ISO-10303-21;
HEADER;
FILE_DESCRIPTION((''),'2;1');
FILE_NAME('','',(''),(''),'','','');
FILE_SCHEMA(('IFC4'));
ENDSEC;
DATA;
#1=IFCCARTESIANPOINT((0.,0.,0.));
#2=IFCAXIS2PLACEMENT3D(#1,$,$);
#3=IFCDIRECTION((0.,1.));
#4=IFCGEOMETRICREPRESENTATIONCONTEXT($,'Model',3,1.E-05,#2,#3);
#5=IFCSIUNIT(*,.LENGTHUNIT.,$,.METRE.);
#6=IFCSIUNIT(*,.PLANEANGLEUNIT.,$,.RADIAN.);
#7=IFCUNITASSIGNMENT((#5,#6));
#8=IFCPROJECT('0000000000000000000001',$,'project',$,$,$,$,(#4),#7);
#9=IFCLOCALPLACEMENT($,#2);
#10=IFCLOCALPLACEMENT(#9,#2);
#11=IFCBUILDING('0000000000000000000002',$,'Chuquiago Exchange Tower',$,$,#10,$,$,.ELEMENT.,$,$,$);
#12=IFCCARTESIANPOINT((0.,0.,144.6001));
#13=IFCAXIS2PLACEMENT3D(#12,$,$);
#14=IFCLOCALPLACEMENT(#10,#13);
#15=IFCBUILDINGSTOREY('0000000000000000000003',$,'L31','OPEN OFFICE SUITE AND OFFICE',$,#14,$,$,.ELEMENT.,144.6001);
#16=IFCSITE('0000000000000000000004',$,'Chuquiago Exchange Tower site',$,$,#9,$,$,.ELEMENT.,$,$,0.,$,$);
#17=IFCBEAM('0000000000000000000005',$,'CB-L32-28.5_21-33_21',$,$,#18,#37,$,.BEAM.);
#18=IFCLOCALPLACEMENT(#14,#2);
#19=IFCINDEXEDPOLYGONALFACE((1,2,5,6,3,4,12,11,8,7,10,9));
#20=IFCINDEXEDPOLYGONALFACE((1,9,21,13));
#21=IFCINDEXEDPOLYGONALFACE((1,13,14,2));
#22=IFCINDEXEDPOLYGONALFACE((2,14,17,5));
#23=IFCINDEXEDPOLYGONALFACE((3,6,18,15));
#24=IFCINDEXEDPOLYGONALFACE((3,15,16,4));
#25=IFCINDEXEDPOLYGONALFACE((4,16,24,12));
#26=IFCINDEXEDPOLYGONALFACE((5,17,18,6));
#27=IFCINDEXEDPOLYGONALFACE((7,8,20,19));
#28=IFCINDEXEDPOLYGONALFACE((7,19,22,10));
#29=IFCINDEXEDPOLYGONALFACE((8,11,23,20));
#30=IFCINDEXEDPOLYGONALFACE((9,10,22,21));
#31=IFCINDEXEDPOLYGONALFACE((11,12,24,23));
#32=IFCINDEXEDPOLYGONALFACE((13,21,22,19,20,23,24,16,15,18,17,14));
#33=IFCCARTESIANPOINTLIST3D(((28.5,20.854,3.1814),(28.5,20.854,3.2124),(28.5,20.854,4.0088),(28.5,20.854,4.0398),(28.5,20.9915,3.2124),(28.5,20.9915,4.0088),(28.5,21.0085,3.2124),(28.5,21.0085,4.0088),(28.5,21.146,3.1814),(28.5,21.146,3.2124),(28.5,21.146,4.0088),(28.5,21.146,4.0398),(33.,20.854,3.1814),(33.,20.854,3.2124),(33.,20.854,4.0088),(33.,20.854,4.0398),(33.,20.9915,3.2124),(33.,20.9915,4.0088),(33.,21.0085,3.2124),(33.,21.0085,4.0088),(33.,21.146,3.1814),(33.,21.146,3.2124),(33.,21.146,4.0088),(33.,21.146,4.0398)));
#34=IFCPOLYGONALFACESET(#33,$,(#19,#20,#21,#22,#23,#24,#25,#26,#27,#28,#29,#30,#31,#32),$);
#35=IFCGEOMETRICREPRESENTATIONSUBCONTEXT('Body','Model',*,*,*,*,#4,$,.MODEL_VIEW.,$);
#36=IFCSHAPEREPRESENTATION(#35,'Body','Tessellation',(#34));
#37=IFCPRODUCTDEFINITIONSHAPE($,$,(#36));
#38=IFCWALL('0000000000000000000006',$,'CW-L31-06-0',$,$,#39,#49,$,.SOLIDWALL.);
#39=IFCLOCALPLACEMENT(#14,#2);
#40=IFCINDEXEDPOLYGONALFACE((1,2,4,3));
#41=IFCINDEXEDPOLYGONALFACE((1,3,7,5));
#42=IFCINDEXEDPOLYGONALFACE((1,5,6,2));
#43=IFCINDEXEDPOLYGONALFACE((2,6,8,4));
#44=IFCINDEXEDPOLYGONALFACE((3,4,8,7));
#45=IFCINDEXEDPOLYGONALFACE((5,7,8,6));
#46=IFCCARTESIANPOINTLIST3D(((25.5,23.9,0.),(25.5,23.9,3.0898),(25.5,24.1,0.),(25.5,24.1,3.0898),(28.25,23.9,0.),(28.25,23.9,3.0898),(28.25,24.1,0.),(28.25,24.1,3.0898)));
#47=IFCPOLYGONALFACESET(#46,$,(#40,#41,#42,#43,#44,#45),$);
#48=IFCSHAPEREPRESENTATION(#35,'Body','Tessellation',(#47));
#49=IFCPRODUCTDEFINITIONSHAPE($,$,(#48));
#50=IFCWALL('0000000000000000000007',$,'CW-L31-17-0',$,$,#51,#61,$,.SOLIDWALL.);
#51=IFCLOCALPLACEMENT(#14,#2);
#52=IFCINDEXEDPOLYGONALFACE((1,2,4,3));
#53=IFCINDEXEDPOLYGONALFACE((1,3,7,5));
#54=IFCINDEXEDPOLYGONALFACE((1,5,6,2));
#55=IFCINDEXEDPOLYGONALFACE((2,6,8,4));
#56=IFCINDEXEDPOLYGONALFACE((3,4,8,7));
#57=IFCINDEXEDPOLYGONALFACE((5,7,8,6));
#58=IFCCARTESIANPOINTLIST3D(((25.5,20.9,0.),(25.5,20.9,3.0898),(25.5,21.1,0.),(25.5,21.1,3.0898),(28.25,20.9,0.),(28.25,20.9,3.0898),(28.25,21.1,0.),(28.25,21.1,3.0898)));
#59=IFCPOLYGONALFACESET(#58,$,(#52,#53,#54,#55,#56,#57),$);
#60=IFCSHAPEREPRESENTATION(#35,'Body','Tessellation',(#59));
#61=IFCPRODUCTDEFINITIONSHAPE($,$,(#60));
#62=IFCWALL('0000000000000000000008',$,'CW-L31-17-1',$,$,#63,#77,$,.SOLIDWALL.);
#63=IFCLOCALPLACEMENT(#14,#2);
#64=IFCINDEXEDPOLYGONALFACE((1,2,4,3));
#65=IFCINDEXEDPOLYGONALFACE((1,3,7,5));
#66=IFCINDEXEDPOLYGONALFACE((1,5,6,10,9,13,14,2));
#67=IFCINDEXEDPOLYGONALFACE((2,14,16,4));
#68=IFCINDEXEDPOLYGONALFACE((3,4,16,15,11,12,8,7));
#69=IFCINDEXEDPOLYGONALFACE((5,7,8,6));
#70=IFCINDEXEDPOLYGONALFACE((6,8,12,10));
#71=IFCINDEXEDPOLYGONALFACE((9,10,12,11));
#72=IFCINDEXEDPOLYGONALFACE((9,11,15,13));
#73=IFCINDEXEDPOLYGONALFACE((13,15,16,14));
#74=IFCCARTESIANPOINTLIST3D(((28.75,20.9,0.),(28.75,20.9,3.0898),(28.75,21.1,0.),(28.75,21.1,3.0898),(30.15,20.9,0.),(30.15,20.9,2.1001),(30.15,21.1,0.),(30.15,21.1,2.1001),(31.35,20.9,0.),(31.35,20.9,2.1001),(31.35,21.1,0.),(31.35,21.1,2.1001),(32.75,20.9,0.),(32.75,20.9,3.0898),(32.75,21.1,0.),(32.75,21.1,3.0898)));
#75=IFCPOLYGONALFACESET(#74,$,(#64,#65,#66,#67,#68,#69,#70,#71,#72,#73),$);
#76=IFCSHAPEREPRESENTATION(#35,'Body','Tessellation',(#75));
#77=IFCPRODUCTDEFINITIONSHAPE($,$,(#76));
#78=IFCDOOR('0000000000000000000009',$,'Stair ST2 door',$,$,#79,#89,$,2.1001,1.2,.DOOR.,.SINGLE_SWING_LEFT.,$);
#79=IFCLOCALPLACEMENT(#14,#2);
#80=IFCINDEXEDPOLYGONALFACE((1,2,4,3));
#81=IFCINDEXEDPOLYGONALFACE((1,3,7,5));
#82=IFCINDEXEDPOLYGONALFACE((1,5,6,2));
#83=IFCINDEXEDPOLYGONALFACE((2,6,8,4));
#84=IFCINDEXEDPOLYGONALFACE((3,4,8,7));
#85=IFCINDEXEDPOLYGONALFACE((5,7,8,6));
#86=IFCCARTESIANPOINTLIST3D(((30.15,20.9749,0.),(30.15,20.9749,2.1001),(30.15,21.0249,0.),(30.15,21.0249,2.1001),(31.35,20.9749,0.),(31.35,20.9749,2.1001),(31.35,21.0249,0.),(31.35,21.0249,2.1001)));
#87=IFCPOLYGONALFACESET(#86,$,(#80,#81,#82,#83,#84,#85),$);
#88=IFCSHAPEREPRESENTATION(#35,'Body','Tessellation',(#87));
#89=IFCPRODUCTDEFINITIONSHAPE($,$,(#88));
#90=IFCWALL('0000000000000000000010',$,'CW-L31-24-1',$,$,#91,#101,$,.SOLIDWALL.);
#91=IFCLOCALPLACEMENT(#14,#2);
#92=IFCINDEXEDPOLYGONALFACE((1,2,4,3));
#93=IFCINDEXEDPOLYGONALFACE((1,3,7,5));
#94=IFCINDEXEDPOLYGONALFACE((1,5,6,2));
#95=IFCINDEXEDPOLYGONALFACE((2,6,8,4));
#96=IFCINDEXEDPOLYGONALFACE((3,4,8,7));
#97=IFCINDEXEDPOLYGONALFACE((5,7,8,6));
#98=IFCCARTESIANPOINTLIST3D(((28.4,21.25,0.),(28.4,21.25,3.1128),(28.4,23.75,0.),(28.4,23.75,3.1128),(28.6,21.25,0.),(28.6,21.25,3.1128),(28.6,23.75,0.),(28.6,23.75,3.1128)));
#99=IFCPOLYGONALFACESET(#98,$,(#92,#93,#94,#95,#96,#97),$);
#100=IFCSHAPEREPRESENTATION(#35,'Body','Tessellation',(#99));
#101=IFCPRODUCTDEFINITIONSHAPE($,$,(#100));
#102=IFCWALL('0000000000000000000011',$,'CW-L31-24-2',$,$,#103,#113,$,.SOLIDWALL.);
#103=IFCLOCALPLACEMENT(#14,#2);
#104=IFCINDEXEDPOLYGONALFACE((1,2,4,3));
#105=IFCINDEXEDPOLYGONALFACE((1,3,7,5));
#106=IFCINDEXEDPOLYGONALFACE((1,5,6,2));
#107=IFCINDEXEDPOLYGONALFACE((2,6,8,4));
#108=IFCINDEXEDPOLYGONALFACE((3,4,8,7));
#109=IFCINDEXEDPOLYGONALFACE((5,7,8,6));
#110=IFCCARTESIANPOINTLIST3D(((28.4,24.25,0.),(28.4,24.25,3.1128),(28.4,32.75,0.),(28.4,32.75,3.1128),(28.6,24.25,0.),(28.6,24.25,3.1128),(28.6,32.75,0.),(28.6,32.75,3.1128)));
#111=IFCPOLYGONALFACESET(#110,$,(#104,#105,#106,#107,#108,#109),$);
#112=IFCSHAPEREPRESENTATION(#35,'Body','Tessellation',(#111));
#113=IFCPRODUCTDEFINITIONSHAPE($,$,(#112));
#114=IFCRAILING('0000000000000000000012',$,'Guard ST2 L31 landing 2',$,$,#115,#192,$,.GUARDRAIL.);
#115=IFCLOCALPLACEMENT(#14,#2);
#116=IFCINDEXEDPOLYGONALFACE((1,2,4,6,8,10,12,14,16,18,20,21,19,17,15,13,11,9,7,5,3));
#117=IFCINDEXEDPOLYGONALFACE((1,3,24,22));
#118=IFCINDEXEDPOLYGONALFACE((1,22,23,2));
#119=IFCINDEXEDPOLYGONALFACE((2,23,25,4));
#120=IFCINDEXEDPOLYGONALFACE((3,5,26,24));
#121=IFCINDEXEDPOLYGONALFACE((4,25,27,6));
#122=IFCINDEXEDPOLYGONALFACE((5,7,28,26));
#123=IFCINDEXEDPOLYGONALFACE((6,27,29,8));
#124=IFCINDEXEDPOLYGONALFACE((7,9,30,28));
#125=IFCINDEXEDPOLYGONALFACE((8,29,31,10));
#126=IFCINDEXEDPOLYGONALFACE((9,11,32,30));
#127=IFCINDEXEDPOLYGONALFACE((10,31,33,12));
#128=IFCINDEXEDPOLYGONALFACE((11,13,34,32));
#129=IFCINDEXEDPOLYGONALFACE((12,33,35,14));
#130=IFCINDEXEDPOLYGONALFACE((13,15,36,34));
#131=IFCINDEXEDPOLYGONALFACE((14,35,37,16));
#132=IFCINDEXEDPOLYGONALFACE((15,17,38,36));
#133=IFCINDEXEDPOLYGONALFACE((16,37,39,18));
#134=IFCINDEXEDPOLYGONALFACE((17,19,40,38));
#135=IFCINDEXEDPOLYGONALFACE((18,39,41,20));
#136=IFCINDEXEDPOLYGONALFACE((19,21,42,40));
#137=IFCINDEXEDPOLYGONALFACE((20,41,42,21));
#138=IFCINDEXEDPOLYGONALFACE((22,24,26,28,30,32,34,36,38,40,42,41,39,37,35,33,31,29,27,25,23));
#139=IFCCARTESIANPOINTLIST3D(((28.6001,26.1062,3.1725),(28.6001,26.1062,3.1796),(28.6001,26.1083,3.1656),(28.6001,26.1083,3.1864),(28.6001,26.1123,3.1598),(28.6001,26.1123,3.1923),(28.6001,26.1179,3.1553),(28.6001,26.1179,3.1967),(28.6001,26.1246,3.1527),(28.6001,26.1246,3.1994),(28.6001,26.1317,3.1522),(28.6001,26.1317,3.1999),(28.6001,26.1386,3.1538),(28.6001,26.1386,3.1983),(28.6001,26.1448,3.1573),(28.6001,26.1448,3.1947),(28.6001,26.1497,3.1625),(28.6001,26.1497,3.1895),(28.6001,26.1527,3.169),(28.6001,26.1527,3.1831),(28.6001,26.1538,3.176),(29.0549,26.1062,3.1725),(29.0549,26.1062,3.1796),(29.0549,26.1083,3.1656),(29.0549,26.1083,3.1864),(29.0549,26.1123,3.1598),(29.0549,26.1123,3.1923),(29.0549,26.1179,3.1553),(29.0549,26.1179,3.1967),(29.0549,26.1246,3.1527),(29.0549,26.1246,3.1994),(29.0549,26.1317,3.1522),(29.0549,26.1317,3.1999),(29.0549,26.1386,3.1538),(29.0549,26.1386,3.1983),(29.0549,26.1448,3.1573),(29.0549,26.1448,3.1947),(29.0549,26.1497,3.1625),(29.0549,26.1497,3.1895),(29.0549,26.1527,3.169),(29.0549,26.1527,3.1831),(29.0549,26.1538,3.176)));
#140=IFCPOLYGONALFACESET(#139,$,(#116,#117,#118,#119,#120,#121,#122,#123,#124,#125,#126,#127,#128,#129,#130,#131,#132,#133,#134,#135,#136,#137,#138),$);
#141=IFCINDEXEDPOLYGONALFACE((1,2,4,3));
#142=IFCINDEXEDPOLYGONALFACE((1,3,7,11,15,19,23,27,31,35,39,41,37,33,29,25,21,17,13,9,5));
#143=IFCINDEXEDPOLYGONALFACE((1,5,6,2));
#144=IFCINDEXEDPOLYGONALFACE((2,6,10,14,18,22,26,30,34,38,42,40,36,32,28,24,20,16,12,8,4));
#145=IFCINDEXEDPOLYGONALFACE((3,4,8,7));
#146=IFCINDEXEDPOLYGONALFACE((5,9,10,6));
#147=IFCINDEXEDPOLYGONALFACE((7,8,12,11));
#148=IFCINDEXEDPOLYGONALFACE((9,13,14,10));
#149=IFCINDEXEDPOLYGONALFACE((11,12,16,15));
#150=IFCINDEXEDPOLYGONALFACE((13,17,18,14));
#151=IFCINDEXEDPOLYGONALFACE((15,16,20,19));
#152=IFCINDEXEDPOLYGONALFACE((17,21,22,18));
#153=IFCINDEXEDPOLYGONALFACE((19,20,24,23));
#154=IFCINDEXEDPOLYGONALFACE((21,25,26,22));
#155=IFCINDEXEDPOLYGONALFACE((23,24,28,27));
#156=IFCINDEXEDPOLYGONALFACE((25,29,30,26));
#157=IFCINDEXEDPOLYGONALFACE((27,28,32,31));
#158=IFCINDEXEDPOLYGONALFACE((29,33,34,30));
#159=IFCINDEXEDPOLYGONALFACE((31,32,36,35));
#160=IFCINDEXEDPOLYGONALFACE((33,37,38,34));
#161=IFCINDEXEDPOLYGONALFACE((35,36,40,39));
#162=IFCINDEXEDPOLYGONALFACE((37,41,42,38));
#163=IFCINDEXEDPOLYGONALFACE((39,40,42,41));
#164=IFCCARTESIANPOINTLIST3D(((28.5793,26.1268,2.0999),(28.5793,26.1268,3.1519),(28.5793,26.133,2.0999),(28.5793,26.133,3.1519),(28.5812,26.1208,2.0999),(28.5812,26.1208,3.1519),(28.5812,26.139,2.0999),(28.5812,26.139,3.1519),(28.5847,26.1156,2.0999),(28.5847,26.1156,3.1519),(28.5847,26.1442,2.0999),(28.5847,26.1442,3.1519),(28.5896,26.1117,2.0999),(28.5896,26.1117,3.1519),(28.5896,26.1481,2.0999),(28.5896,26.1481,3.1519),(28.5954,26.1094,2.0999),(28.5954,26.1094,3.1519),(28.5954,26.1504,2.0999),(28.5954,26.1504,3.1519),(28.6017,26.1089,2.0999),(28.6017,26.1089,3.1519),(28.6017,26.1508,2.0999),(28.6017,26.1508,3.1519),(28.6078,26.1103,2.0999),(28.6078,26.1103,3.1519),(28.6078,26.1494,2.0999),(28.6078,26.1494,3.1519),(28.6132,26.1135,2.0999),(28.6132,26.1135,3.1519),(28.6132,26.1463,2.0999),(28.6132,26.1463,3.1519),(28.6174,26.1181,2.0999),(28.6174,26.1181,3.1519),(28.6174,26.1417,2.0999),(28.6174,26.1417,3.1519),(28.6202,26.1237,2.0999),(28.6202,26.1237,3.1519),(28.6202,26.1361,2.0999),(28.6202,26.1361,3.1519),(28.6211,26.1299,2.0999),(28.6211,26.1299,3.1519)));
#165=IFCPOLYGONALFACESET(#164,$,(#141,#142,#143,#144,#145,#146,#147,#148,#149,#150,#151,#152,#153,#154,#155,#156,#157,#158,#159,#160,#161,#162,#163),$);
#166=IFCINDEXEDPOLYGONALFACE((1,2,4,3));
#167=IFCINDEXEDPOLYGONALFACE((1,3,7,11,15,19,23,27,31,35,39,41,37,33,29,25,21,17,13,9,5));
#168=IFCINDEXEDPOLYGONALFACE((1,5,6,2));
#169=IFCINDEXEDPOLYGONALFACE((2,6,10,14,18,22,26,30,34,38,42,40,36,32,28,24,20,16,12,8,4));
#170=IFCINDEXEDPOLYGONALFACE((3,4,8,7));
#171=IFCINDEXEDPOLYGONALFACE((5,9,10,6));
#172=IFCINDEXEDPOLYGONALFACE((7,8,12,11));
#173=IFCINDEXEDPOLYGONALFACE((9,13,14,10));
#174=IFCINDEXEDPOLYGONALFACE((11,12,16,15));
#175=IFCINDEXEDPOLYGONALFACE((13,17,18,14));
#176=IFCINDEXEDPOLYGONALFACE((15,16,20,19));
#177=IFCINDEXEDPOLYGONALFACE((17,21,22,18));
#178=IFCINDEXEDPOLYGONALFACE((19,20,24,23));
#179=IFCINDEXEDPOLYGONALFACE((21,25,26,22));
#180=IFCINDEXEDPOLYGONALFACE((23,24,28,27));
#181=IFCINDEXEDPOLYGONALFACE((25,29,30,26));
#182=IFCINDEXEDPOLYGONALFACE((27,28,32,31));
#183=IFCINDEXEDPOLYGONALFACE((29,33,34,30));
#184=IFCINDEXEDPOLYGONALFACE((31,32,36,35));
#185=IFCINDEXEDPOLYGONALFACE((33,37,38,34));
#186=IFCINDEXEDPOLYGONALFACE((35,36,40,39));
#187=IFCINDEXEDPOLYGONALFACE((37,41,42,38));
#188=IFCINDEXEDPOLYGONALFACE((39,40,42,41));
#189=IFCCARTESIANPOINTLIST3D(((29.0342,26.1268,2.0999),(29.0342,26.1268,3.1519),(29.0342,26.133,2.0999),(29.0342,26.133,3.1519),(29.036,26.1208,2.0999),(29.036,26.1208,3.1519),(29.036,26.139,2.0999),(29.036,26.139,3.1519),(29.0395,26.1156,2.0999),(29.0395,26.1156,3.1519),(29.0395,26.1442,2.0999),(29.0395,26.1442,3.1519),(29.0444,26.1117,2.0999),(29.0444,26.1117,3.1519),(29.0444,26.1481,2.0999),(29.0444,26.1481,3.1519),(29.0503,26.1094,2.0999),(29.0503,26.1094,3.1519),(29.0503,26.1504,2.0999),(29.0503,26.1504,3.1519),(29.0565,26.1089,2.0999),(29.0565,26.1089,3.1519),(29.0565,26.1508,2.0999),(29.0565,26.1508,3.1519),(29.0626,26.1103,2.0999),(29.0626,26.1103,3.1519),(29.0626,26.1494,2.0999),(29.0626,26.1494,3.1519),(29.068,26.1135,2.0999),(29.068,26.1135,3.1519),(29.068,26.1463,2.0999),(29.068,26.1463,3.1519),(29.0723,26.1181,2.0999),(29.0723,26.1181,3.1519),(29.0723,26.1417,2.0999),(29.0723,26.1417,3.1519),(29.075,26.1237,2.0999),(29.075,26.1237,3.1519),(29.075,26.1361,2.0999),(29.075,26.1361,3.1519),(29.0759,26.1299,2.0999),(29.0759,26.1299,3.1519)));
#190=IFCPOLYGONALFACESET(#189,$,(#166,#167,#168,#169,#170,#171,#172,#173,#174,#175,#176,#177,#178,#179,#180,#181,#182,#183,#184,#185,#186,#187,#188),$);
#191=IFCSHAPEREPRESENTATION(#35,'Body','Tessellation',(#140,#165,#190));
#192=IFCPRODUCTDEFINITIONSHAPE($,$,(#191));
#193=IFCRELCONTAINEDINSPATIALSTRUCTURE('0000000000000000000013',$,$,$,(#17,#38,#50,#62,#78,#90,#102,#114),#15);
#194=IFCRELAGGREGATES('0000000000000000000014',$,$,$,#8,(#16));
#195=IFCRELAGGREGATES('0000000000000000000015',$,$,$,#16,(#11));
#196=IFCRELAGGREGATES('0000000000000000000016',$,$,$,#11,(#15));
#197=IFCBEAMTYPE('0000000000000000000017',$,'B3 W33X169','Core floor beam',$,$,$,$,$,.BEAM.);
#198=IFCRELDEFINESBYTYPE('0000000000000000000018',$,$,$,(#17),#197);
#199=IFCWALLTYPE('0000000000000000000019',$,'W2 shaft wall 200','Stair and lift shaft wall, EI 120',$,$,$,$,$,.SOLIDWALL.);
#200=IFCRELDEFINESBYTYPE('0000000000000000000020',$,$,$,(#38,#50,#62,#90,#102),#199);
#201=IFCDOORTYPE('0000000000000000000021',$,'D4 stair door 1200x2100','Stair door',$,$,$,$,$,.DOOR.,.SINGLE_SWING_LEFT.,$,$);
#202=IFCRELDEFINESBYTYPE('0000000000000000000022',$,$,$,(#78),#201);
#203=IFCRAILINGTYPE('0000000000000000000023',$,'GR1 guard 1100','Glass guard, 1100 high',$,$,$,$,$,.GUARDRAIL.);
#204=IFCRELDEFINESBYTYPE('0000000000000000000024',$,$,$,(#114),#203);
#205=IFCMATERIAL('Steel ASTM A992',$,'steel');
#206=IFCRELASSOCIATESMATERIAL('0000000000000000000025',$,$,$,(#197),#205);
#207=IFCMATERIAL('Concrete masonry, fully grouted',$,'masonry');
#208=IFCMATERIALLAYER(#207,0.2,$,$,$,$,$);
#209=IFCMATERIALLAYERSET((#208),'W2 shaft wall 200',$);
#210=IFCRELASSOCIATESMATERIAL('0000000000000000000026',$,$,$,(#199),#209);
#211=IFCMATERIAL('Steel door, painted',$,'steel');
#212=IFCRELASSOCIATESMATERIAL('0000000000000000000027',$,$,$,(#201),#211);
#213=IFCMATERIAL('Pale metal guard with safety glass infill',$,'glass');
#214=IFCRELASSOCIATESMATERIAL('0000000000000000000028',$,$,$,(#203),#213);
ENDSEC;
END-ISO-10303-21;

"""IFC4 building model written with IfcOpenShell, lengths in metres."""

from ifc_helpers import new_model, si_unit, direction, frame, frame_2d, origin, origin_2d, place, context, subcontext, project, spatial, rectangle, circle, i_section, extrude, material, layer, layer_set, material_profile, profile_set, type_object, element, fill, save


model = new_model("IFC4")

# Units and contexts
model_context = context("Model", 3, precision=1e-05, world=origin(), true_north=direction((0.0, 1.0)))
body_context = subcontext(model_context, "Body", "Model", "MODEL_VIEW")
ifc_project = project(units=[si_unit("LENGTHUNIT", "METRE"), si_unit("PLANEANGLEUNIT", "RADIAN")], contexts=[model_context])

# Site, building, storey
site_placement = place(None, origin())
site = spatial("IfcSite", under=ifc_project, at=site_placement, Name="Chuquiago Exchange Tower site", CompositionType="ELEMENT", RefElevation=0.0)
building_placement = place(site_placement, origin())
building = spatial("IfcBuilding", under=site, at=building_placement, Name="Chuquiago Exchange Tower", CompositionType="ELEMENT")
storey_placement = place(building_placement, frame((0.0, 0.0, 144.6001)))
storey = spatial("IfcBuildingStorey", under=building, at=storey_placement, Name="L31", Description="OPEN OFFICE SUITE AND OFFICE", CompositionType="ELEMENT", Elevation=144.6001)

# Beam
ifc_material_1 = material(Name="Steel ASTM A992", Category="steel")
ifc_material_profile_1 = material_profile(ifc_material_1, i_section(OverallWidth=0.292, OverallDepth=0.8584, WebThickness=0.0171, FlangeThickness=0.031, at=origin_2d()), Name="W33X169")
ifc_profile_set_1 = profile_set([ifc_material_profile_1], Name="Steel ASTM A992")
beam_type_1 = type_object("IfcBeamType", Name="B3 W33X169", Description="Core floor beam", PredefinedType="BEAM", material=ifc_profile_set_1)
beam_1_placement = place(storey_placement, frame((28.5, 21.0, 3.6106), z_axis=(1.0, 0.0, 0.0), x_axis=(0.0, 1.0, 0.0)))
element("IfcBeam", 1, at=beam_1_placement, inside=storey, type_object=beam_type_1, Name="CB-L32-28.5_21-33_21", PredefinedType="BEAM", context=body_context, shape_type="SweptSolid", body=[
    extrude(i_section(OverallWidth=0.292, OverallDepth=0.8584, WebThickness=0.0171, FlangeThickness=0.031, at=origin_2d()), origin(), (0.0, 0.0, 1.0), 4.5),
])

# Walls
ifc_material_2 = material(Name="Concrete masonry, fully grouted", Category="masonry")
ifc_layer = layer(ifc_material_2, 0.2)
ifc_layer_set = layer_set([ifc_layer], Name="W2 shaft wall 200")
wall_type = type_object("IfcWallType", Name="W2 shaft wall 200", Description="Stair and lift shaft wall, EI 120", PredefinedType="SOLIDWALL", material=ifc_layer_set)
for number, where, z_axis, x_axis, name in (
    (2, (25.5, 24.0, 0.0), (0.0, 0.0, 1.0), (1.0, 0.0, 0.0), "CW-L31-06-0"),
    (3, (25.5, 21.0, 0.0), (0.0, 0.0, 1.0), (1.0, 0.0, 0.0), "CW-L31-17-0"),
):
    element("IfcWall", number, at=place(storey_placement, frame(where, z_axis=z_axis, x_axis=x_axis)), inside=storey, type_object=wall_type, Name=name, PredefinedType="SOLIDWALL", context=body_context, shape_type="SweptSolid", body=[
        extrude(rectangle(XDim=2.75, YDim=0.2, at=frame_2d((1.375, 0.0))), origin(), (0.0, 0.0, 1.0), 3.0898),
    ])

# Wall, opening, door
wall_1_placement = place(storey_placement, frame((28.75, 21.0, 0.0), z_axis=(0.0, 0.0, 1.0), x_axis=(1.0, 0.0, 0.0)))
wall_1 = element("IfcWall", 4, at=wall_1_placement, inside=storey, type_object=wall_type, Name="CW-L31-17-1", PredefinedType="SOLIDWALL", context=body_context, shape_type="SweptSolid", body=[
    extrude(rectangle(XDim=4.0, YDim=0.2, at=frame_2d((2.0, 0.0))), origin(), (0.0, 0.0, 1.0), 3.0898),
])
opening_placement = place(wall_1_placement, frame((1.3999, 0.0, 0.0)))
opening = element("IfcOpeningElement", 5, at=opening_placement, cuts=wall_1, PredefinedType="OPENING", context=body_context, shape_type="SweptSolid", body=[
    extrude(rectangle(XDim=1.2, YDim=2.1001, at=frame_2d((0.6001, 1.05))), frame((0.0, 0.1099, 0.0), z_axis=(0.0, -1.0, 0.0), x_axis=(1.0, 0.0, 0.0)), (0.0, 0.0, 1.0), 0.22),
])
ifc_material_3 = material(Name="Steel door, painted", Category="steel")
door_type = type_object("IfcDoorType", Name="D4 stair door 1200x2100", Description="Stair door", OperationType="SINGLE_SWING_LEFT", PredefinedType="DOOR", material=ifc_material_3)
door_placement = place(opening_placement, origin())
door = element("IfcDoor", 6, at=door_placement, inside=storey, type_object=door_type, Name="Stair ST2 door", OperationType="SINGLE_SWING_LEFT", OverallHeight=2.1001, OverallWidth=1.2, PredefinedType="DOOR", context=body_context, shape_type="SweptSolid", body=[
    extrude(rectangle(XDim=1.2, YDim=2.1001, at=frame_2d((0.6001, 1.05))), frame((0.0, 0.0249, 0.0), z_axis=(0.0, -1.0, 0.0), x_axis=(1.0, 0.0, 0.0)), (0.0, 0.0, 1.0), 0.05),
])
fill(opening, door)

# Walls
wall_2_placement = place(storey_placement, frame((28.5, 21.25, 0.0), z_axis=(0.0, 0.0, 1.0), x_axis=(0.0, 1.0, 0.0)))
element("IfcWall", 7, at=wall_2_placement, inside=storey, type_object=wall_type, Name="CW-L31-24-1", PredefinedType="SOLIDWALL", context=body_context, shape_type="SweptSolid", body=[
    extrude(rectangle(XDim=2.5, YDim=0.2, at=frame_2d((1.25, 0.0))), origin(), (0.0, 0.0, 1.0), 3.1128),
])
wall_3_placement = place(storey_placement, frame((28.5, 24.25, 0.0), z_axis=(0.0, 0.0, 1.0), x_axis=(0.0, 1.0, 0.0)))
element("IfcWall", 8, at=wall_3_placement, inside=storey, type_object=wall_type, Name="CW-L31-24-2", PredefinedType="SOLIDWALL", context=body_context, shape_type="SweptSolid", body=[
    extrude(rectangle(XDim=8.5, YDim=0.2, at=frame_2d((4.25, 0.0))), origin(), (0.0, 0.0, 1.0), 3.1128),
])

# Railing
ifc_material_4 = material(Name="Pale metal guard with safety glass infill", Category="glass")
railing_type_1 = type_object("IfcRailingType", Name="GR1 guard 1100", Description="Glass guard, 1100 high", PredefinedType="GUARDRAIL", material=ifc_material_4)
railing_1_placement = place(storey_placement, frame((28.6001, 26.1299, 2.0999)))
element("IfcRailing", 9, at=railing_1_placement, inside=storey, type_object=railing_type_1, Name="Guard ST2 L31 landing 2", PredefinedType="GUARDRAIL", context=body_context, shape_type="SweptSolid", body=[
    extrude(circle(Radius=0.0239, at=origin_2d()), frame((0.0, 0.0, 1.0762), z_axis=(1.0, 0.0, 0.0), x_axis=(0.0, 1.0, 0.0)), (0.0, 0.0, 1.0), 0.4548),
    extrude(circle(Radius=0.021, at=origin_2d()), origin(), (0.0, 0.0, 1.0), 1.052),
    extrude(circle(Radius=0.021, at=origin_2d()), frame((0.4548, 0.0, 0.0)), (0.0, 0.0, 1.0), 1.052),
])

save(model, "model.ifc")
